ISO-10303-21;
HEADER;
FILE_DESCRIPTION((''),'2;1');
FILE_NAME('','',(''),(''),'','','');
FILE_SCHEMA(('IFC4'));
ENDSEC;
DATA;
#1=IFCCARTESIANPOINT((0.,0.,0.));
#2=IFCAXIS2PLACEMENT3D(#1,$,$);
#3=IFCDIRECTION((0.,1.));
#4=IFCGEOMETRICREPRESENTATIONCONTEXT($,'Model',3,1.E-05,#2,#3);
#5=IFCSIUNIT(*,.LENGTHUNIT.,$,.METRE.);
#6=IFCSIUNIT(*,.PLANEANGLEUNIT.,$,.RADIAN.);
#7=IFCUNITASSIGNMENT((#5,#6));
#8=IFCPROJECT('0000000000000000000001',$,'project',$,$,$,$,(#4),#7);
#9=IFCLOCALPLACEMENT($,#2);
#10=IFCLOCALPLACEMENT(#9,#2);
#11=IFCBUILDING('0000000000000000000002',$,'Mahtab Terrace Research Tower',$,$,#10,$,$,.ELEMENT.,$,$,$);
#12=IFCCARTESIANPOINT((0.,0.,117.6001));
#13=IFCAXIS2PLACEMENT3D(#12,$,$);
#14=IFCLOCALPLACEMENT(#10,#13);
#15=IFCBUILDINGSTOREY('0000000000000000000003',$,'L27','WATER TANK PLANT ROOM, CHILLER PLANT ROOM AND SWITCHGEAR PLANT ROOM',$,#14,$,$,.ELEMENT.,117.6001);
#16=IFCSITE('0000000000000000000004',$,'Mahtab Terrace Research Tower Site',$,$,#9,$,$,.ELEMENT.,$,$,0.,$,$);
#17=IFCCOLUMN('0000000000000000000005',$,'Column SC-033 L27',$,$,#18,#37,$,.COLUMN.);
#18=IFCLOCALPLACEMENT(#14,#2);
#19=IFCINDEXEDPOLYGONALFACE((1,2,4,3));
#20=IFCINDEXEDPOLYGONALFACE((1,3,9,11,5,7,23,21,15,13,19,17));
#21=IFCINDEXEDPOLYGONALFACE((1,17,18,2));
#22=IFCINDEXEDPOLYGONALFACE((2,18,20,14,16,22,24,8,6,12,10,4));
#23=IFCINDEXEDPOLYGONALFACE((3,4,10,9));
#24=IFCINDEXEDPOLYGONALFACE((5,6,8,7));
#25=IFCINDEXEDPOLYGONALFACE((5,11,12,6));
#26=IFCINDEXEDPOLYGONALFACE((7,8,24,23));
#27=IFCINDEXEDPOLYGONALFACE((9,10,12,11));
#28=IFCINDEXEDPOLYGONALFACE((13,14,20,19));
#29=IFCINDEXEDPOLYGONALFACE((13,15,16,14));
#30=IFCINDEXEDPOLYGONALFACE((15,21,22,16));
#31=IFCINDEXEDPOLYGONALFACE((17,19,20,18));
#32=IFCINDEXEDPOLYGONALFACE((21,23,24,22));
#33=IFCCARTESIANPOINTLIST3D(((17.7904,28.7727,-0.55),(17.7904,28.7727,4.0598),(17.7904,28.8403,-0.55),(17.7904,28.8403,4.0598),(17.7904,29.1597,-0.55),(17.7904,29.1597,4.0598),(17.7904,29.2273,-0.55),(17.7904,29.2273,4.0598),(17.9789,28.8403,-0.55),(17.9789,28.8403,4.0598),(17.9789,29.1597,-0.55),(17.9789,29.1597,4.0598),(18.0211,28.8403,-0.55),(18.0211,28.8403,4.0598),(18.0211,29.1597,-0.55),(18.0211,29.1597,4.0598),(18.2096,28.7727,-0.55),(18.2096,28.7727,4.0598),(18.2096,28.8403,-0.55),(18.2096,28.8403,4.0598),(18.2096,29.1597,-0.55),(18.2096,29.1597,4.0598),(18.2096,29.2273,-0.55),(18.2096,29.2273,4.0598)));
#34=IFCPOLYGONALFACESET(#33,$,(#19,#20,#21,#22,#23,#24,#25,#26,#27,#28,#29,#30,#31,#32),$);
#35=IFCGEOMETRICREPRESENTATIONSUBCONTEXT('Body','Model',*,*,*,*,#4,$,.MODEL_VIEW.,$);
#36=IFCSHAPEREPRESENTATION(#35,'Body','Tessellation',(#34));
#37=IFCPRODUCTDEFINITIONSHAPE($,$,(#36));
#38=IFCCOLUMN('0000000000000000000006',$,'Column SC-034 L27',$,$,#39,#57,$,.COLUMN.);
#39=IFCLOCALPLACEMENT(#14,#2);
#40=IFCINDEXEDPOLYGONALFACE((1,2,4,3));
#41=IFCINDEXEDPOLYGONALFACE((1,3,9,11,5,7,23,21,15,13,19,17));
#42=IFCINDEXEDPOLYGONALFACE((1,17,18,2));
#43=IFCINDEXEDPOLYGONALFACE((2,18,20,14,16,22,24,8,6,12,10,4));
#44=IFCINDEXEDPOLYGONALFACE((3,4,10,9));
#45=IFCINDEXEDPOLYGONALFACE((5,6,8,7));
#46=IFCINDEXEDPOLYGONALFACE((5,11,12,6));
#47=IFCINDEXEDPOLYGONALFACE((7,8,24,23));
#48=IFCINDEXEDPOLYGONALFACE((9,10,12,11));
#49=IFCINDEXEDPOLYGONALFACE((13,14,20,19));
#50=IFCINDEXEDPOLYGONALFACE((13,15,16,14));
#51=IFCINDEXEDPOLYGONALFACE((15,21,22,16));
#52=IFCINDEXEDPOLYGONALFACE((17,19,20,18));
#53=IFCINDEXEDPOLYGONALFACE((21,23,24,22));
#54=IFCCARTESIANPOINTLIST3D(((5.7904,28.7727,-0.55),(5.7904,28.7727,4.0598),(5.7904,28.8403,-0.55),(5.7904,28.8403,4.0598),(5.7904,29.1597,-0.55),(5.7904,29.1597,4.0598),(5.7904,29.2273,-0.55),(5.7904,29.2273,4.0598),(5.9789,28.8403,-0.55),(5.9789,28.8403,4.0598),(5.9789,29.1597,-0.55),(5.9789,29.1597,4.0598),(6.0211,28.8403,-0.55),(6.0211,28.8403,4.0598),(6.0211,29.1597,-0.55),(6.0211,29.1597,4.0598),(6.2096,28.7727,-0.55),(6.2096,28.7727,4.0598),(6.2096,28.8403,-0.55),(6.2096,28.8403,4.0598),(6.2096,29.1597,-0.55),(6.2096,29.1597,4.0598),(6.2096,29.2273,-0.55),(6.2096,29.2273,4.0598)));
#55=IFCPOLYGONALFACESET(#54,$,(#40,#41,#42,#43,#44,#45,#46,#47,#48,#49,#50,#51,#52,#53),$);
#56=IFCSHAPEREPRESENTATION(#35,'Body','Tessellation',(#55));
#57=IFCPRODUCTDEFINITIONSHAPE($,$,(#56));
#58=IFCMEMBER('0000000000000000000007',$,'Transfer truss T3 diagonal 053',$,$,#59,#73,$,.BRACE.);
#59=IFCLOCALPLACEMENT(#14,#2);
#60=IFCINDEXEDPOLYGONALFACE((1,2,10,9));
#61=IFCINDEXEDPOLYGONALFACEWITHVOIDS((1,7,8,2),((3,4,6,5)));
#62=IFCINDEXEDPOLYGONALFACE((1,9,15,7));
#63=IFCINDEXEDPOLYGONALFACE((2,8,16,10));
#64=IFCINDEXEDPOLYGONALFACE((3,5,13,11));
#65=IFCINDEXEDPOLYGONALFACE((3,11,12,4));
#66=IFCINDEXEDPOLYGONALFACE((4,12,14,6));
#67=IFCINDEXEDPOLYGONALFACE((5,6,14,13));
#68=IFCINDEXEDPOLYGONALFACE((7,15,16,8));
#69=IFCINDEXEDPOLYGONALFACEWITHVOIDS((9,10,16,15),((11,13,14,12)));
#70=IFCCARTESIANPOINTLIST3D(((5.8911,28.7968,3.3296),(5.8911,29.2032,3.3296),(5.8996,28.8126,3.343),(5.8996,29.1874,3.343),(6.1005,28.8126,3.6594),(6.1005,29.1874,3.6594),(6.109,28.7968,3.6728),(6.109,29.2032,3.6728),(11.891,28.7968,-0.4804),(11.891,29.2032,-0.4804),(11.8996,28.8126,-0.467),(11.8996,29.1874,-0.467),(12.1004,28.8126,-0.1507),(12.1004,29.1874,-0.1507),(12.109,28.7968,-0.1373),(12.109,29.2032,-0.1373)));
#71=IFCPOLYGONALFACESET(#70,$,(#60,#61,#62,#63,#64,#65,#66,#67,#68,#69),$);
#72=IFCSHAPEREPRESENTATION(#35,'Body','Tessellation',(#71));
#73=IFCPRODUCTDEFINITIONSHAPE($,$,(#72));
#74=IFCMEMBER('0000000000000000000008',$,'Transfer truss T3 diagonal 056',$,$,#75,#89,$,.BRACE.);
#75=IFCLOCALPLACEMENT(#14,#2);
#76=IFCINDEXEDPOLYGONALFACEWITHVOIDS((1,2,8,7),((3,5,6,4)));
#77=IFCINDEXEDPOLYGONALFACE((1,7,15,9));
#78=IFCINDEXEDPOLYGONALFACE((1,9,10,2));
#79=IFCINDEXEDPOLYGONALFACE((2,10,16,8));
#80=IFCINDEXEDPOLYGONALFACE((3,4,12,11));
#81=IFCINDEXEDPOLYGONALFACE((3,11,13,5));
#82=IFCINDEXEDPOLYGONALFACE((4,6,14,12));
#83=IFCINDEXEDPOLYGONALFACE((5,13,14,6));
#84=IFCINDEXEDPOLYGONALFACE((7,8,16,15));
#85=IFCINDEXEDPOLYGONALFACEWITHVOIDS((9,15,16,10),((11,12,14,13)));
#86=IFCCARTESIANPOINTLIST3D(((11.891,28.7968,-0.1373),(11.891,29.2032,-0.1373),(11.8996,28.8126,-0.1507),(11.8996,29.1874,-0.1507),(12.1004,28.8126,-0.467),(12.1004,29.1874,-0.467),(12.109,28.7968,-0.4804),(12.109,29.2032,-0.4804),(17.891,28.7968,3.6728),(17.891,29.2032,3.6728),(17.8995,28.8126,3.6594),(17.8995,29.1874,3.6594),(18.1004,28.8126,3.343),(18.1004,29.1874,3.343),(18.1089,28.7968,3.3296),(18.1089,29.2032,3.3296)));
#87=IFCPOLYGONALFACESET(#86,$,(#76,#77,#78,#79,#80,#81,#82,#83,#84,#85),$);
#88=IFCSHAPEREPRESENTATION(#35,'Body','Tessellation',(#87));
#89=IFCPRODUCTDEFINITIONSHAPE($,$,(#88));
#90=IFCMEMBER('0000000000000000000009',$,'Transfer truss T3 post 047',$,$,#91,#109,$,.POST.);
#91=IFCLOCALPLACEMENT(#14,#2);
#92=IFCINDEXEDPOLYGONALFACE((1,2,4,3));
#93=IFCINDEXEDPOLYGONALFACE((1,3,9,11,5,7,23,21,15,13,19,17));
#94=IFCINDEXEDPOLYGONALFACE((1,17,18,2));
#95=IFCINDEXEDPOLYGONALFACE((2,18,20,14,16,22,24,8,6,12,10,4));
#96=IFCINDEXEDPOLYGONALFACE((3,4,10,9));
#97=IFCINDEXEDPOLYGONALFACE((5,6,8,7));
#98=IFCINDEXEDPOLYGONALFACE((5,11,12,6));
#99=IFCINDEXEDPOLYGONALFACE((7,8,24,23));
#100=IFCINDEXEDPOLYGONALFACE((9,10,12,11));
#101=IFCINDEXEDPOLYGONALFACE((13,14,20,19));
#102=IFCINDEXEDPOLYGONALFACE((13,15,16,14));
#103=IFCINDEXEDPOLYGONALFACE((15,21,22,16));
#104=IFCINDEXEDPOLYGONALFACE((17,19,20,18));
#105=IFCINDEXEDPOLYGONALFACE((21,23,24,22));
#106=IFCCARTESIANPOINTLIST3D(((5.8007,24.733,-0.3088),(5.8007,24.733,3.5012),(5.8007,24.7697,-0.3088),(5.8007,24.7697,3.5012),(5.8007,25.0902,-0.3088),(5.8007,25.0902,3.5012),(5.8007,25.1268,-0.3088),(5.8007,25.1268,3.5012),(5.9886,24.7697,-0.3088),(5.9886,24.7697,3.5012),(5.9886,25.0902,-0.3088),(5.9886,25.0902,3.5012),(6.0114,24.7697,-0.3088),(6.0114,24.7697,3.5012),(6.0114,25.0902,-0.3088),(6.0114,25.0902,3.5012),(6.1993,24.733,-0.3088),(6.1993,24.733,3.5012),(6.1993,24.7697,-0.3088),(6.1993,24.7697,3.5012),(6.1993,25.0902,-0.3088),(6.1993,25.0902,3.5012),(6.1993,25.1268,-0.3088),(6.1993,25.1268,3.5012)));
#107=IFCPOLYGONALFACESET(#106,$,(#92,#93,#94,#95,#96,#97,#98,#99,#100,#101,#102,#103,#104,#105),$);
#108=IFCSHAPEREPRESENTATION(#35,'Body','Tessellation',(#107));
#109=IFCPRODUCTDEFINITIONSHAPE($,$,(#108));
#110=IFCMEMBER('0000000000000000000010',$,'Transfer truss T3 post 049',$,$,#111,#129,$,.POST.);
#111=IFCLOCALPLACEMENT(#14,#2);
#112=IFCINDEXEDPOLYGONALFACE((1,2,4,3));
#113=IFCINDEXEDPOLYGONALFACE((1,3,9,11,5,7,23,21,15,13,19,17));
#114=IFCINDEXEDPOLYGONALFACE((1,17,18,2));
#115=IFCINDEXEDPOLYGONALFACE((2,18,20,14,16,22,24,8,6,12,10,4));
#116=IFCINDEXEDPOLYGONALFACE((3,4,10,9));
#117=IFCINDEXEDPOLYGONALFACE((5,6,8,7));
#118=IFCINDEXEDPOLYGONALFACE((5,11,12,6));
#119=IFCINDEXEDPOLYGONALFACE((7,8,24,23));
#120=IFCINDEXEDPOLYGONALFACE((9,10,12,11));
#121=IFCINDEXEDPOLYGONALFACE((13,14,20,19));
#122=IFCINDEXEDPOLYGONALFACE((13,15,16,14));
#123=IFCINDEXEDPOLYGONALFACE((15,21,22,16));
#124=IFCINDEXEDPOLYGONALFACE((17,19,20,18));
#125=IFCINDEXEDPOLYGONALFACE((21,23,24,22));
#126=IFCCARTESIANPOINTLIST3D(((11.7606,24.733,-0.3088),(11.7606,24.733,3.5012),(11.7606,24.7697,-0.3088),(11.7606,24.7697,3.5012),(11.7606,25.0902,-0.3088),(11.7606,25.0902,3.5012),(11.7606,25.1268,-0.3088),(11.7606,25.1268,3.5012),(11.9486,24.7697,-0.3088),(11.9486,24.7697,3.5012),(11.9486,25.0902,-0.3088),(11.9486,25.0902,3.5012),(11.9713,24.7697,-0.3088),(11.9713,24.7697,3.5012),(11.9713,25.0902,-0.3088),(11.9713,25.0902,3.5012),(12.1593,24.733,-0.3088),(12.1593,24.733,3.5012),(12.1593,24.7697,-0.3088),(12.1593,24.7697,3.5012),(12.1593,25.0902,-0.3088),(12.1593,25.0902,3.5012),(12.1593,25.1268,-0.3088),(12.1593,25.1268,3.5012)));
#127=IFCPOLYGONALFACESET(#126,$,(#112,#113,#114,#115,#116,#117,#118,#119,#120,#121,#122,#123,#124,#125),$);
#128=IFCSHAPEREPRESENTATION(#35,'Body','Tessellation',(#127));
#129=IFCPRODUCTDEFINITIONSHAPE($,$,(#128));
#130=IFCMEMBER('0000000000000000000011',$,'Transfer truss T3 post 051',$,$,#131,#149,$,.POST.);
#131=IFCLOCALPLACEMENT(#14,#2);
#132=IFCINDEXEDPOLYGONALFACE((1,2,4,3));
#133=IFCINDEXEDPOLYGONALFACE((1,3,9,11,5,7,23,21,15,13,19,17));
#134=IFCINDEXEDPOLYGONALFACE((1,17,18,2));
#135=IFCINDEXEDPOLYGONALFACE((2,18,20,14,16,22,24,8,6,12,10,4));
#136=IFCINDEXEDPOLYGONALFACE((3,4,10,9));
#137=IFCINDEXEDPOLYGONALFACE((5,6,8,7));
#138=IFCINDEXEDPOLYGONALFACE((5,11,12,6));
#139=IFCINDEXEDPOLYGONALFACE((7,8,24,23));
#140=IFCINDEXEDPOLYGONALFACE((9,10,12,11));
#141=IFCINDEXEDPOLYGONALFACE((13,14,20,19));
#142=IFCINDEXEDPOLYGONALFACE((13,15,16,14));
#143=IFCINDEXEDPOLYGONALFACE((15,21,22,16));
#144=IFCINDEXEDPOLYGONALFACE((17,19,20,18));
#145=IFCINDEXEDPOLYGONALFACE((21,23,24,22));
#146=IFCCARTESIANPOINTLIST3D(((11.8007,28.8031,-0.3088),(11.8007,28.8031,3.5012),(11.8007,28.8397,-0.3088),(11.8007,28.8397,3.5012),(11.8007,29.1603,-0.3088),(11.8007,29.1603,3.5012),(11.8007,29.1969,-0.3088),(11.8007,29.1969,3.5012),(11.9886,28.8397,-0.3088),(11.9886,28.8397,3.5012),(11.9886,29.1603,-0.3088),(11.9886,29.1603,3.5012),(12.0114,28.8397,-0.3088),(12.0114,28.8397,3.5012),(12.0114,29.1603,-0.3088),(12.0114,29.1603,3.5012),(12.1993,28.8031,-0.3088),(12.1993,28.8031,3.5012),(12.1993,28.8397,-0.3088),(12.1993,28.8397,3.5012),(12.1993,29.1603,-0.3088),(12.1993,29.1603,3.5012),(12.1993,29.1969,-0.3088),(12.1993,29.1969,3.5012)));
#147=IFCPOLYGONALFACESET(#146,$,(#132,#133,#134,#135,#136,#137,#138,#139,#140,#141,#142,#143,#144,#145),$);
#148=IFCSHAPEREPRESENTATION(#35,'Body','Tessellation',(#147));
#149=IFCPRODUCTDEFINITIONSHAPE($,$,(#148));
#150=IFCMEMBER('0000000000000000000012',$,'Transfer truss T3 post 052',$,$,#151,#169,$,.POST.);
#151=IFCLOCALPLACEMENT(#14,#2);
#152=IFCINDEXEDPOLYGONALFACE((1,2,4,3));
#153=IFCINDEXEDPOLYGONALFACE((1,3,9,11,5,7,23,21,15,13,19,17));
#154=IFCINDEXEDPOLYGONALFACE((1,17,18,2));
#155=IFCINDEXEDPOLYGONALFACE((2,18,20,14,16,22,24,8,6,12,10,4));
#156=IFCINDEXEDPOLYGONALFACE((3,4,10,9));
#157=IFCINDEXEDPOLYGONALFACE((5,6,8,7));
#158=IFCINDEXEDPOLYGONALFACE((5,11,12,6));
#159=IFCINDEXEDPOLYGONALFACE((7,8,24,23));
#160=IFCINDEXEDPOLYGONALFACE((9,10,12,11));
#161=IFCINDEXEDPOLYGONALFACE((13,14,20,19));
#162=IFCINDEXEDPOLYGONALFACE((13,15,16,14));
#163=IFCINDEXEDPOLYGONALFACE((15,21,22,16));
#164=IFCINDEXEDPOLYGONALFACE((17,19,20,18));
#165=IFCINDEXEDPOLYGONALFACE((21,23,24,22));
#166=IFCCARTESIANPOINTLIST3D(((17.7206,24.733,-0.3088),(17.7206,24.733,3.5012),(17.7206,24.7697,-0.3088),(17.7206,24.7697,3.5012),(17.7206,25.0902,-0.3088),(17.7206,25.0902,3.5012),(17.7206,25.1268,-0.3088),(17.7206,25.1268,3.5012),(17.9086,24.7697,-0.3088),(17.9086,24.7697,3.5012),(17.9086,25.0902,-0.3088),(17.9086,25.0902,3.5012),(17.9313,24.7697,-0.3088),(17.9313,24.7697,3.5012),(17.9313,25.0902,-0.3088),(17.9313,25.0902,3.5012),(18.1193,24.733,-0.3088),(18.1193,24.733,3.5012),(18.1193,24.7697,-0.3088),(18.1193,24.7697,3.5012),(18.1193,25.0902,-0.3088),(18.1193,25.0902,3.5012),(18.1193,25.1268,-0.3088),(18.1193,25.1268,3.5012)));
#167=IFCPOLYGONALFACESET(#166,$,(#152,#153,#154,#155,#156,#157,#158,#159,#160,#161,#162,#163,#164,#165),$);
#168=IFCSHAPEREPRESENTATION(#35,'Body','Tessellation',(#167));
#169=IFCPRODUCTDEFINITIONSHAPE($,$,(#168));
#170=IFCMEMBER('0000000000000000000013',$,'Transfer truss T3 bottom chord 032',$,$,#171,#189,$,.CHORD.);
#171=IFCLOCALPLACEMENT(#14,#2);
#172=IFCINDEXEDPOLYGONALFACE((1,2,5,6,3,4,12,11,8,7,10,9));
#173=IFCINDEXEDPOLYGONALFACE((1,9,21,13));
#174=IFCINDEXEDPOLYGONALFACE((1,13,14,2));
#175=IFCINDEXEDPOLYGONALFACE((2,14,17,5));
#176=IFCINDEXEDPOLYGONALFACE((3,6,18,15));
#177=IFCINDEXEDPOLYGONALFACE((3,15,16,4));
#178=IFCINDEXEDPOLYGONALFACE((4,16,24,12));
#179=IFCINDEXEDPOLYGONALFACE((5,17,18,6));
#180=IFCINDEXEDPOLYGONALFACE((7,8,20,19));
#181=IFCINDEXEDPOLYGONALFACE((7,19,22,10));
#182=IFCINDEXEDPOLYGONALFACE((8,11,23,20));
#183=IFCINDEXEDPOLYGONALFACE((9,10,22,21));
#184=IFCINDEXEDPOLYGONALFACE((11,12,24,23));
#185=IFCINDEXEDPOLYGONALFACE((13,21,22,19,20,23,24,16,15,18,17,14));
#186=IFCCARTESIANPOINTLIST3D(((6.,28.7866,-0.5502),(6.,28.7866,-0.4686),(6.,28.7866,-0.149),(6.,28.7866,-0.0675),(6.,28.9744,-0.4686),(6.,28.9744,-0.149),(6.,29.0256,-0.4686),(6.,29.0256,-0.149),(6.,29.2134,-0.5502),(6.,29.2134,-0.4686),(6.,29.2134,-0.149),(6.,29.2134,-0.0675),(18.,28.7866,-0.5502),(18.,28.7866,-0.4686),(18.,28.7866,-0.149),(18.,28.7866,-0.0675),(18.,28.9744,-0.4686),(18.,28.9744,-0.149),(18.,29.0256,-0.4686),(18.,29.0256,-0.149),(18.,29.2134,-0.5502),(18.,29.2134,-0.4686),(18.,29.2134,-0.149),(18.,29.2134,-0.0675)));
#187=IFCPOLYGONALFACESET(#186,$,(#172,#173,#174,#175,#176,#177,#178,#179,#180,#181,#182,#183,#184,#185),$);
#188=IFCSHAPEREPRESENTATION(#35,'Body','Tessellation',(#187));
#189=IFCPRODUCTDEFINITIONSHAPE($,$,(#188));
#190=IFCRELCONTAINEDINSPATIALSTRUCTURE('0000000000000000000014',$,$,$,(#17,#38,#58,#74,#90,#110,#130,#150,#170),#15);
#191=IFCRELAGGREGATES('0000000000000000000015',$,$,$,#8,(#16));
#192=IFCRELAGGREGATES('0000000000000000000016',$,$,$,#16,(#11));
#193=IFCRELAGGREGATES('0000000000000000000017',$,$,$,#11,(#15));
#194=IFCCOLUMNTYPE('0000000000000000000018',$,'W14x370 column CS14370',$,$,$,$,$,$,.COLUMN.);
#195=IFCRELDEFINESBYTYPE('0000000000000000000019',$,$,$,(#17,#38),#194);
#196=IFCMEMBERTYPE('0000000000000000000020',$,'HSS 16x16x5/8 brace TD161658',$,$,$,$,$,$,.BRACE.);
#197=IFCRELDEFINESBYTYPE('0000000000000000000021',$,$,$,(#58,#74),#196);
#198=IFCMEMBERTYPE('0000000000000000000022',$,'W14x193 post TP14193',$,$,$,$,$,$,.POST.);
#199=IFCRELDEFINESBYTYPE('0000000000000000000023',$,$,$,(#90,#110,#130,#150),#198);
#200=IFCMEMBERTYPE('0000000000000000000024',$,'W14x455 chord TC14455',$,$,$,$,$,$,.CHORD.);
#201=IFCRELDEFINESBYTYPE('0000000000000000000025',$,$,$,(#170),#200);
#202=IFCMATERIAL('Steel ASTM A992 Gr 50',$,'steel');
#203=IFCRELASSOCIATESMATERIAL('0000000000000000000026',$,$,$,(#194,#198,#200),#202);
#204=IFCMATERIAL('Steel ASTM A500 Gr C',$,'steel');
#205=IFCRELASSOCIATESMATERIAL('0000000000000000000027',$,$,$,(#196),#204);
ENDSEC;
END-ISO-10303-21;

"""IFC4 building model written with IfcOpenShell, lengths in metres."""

from ifc_helpers import new_model, si_unit, direction, frame, origin, origin_2d, place, context, subcontext, project, spatial, hollow_rectangle, i_section, extrude, material, material_profile, profile_set, type_object, element, save


model = new_model("IFC4")

# Units and contexts
model_context = context("Model", 3, precision=1e-05, world=origin(), true_north=direction((0.0, 1.0)))
body_context = subcontext(model_context, "Body", "Model", "MODEL_VIEW")
ifc_project = project(units=[si_unit("LENGTHUNIT", "METRE"), si_unit("PLANEANGLEUNIT", "RADIAN")], contexts=[model_context])

# Site, building, storey
site_placement = place(None, origin())
site = spatial("IfcSite", under=ifc_project, at=site_placement, Name="Mahtab Terrace Research Tower Site", CompositionType="ELEMENT", RefElevation=0.0)
building_placement = place(site_placement, origin())
building = spatial("IfcBuilding", under=site, at=building_placement, Name="Mahtab Terrace Research Tower", CompositionType="ELEMENT")
storey_placement = place(building_placement, frame((0.0, 0.0, 117.6001)))
storey = spatial("IfcBuildingStorey", under=building, at=storey_placement, Name="L27", Description="WATER TANK PLANT ROOM, CHILLER PLANT ROOM AND SWITCHGEAR PLANT ROOM", CompositionType="ELEMENT", Elevation=117.6001)

# Columns
ifc_material_1 = material(Name="Steel ASTM A992 Gr 50", Category="steel")
ifc_material_profile_1 = material_profile(ifc_material_1, i_section(OverallWidth=0.4192, OverallDepth=0.4546, WebThickness=0.0422, FlangeThickness=0.0676, at=origin_2d()), Name="W14X370")
ifc_profile_set_1 = profile_set([ifc_material_profile_1], Name="Steel ASTM A992 Gr 50")
column_type = type_object("IfcColumnType", Name="W14x370 column CS14370", PredefinedType="COLUMN", material=ifc_profile_set_1)
for number, where, z_axis, x_axis, name in (
    (1, (18.0, 29.0, -0.55), (0.0, 0.0, 1.0), (1.0, 0.0, 0.0), "Column SC-033 L27"),
    (2, (6.0, 29.0, -0.55), (0.0, 0.0, 1.0), (1.0, 0.0, 0.0), "Column SC-034 L27"),
):
    element("IfcColumn", number, at=place(storey_placement, frame(where, z_axis=z_axis, x_axis=x_axis)), inside=storey, type_object=column_type, Name=name, PredefinedType="COLUMN", context=body_context, shape_type="SweptSolid", body=[
        extrude(i_section(OverallWidth=0.4192, OverallDepth=0.4546, WebThickness=0.0422, FlangeThickness=0.0676, at=origin_2d()), origin(), (0.0, 0.0, 1.0), 4.6099),
    ])

# Members
ifc_material_2 = material(Name="Steel ASTM A500 Gr C", Category="steel")
ifc_material_profile_2 = material_profile(ifc_material_2, hollow_rectangle(XDim=0.4065, YDim=0.4065, WallThickness=0.0159, at=origin_2d()), Name="HSS16X16X5/8")
ifc_profile_set_2 = profile_set([ifc_material_profile_2], Name="Steel ASTM A500 Gr C")
member_type_1 = type_object("IfcMemberType", Name="HSS 16x16x5/8 brace TD161658", PredefinedType="BRACE", material=ifc_profile_set_2)
for number, where, z_axis, x_axis, name in (
    (3, (12.0, 29.0, -0.3088), (-0.844179, 0.0, 0.536062), (0.0, -1.0, 0.0), "Transfer truss T3 diagonal 053"),
    (4, (12.0, 29.0, -0.3088), (0.844179, 0.0, 0.536062), (0.0, 1.0, 0.0), "Transfer truss T3 diagonal 056"),
):
    element("IfcMember", number, at=place(storey_placement, frame(where, z_axis=z_axis, x_axis=x_axis)), inside=storey, type_object=member_type_1, Name=name, PredefinedType="BRACE", context=body_context, shape_type="SweptSolid", body=[
        extrude(hollow_rectangle(XDim=0.4065, YDim=0.4065, WallThickness=0.0159, at=origin_2d()), origin(), (0.0, 0.0, 1.0), 7.1074),
    ])
ifc_material_profile_3 = material_profile(ifc_material_1, i_section(OverallWidth=0.3987, OverallDepth=0.3938, WebThickness=0.0227, FlangeThickness=0.0366, at=origin_2d()), Name="W14X193")
ifc_profile_set_3 = profile_set([ifc_material_profile_3], Name="Steel ASTM A992 Gr 50")
member_type_2 = type_object("IfcMemberType", Name="W14x193 post TP14193", PredefinedType="POST", material=ifc_profile_set_3)
for number, where, z_axis, x_axis, name in (
    (5, (6.0, 24.9299, -0.3088), (0.0, 0.0, 1.0), (1.0, 0.0, 0.0), "Transfer truss T3 post 047"),
    (6, (11.96, 24.9299, -0.3088), (0.0, 0.0, 1.0), (1.0, 0.0, 0.0), "Transfer truss T3 post 049"),
    (7, (12.0, 29.0, -0.3088), (0.0, 0.0, 1.0), (1.0, 0.0, 0.0), "Transfer truss T3 post 051"),
    (8, (17.9199, 24.9299, -0.3088), (0.0, 0.0, 1.0), (1.0, 0.0, 0.0), "Transfer truss T3 post 052"),
):
    element("IfcMember", number, at=place(storey_placement, frame(where, z_axis=z_axis, x_axis=x_axis)), inside=storey, type_object=member_type_2, Name=name, PredefinedType="POST", context=body_context, shape_type="SweptSolid", body=[
        extrude(i_section(OverallWidth=0.3987, OverallDepth=0.3938, WebThickness=0.0227, FlangeThickness=0.0366, at=origin_2d()), origin(), (0.0, 0.0, 1.0), 3.8101),
    ])
ifc_material_profile_4 = material_profile(ifc_material_1, i_section(OverallWidth=0.4268, OverallDepth=0.4827, WebThickness=0.0513, FlangeThickness=0.0815, at=origin_2d()), Name="W14X455")
ifc_profile_set_4 = profile_set([ifc_material_profile_4], Name="Steel ASTM A992 Gr 50")
member_type_3 = type_object("IfcMemberType", Name="W14x455 chord TC14455", PredefinedType="CHORD", material=ifc_profile_set_4)
for number, where, z_axis, x_axis, name in (
    (9, (18.0, 29.0, -0.3088), (-1.0, 0.0, 0.0), (0.0, -1.0, 0.0), "Transfer truss T3 bottom chord 032"),
):
    element("IfcMember", number, at=place(storey_placement, frame(where, z_axis=z_axis, x_axis=x_axis)), inside=storey, type_object=member_type_3, Name=name, PredefinedType="CHORD", context=body_context, shape_type="SweptSolid", body=[
        extrude(i_section(OverallWidth=0.4268, OverallDepth=0.4827, WebThickness=0.0513, FlangeThickness=0.0815, at=origin_2d()), origin(), (0.0, 0.0, 1.0), 12.0),
    ])

save(model, "model.ifc")
